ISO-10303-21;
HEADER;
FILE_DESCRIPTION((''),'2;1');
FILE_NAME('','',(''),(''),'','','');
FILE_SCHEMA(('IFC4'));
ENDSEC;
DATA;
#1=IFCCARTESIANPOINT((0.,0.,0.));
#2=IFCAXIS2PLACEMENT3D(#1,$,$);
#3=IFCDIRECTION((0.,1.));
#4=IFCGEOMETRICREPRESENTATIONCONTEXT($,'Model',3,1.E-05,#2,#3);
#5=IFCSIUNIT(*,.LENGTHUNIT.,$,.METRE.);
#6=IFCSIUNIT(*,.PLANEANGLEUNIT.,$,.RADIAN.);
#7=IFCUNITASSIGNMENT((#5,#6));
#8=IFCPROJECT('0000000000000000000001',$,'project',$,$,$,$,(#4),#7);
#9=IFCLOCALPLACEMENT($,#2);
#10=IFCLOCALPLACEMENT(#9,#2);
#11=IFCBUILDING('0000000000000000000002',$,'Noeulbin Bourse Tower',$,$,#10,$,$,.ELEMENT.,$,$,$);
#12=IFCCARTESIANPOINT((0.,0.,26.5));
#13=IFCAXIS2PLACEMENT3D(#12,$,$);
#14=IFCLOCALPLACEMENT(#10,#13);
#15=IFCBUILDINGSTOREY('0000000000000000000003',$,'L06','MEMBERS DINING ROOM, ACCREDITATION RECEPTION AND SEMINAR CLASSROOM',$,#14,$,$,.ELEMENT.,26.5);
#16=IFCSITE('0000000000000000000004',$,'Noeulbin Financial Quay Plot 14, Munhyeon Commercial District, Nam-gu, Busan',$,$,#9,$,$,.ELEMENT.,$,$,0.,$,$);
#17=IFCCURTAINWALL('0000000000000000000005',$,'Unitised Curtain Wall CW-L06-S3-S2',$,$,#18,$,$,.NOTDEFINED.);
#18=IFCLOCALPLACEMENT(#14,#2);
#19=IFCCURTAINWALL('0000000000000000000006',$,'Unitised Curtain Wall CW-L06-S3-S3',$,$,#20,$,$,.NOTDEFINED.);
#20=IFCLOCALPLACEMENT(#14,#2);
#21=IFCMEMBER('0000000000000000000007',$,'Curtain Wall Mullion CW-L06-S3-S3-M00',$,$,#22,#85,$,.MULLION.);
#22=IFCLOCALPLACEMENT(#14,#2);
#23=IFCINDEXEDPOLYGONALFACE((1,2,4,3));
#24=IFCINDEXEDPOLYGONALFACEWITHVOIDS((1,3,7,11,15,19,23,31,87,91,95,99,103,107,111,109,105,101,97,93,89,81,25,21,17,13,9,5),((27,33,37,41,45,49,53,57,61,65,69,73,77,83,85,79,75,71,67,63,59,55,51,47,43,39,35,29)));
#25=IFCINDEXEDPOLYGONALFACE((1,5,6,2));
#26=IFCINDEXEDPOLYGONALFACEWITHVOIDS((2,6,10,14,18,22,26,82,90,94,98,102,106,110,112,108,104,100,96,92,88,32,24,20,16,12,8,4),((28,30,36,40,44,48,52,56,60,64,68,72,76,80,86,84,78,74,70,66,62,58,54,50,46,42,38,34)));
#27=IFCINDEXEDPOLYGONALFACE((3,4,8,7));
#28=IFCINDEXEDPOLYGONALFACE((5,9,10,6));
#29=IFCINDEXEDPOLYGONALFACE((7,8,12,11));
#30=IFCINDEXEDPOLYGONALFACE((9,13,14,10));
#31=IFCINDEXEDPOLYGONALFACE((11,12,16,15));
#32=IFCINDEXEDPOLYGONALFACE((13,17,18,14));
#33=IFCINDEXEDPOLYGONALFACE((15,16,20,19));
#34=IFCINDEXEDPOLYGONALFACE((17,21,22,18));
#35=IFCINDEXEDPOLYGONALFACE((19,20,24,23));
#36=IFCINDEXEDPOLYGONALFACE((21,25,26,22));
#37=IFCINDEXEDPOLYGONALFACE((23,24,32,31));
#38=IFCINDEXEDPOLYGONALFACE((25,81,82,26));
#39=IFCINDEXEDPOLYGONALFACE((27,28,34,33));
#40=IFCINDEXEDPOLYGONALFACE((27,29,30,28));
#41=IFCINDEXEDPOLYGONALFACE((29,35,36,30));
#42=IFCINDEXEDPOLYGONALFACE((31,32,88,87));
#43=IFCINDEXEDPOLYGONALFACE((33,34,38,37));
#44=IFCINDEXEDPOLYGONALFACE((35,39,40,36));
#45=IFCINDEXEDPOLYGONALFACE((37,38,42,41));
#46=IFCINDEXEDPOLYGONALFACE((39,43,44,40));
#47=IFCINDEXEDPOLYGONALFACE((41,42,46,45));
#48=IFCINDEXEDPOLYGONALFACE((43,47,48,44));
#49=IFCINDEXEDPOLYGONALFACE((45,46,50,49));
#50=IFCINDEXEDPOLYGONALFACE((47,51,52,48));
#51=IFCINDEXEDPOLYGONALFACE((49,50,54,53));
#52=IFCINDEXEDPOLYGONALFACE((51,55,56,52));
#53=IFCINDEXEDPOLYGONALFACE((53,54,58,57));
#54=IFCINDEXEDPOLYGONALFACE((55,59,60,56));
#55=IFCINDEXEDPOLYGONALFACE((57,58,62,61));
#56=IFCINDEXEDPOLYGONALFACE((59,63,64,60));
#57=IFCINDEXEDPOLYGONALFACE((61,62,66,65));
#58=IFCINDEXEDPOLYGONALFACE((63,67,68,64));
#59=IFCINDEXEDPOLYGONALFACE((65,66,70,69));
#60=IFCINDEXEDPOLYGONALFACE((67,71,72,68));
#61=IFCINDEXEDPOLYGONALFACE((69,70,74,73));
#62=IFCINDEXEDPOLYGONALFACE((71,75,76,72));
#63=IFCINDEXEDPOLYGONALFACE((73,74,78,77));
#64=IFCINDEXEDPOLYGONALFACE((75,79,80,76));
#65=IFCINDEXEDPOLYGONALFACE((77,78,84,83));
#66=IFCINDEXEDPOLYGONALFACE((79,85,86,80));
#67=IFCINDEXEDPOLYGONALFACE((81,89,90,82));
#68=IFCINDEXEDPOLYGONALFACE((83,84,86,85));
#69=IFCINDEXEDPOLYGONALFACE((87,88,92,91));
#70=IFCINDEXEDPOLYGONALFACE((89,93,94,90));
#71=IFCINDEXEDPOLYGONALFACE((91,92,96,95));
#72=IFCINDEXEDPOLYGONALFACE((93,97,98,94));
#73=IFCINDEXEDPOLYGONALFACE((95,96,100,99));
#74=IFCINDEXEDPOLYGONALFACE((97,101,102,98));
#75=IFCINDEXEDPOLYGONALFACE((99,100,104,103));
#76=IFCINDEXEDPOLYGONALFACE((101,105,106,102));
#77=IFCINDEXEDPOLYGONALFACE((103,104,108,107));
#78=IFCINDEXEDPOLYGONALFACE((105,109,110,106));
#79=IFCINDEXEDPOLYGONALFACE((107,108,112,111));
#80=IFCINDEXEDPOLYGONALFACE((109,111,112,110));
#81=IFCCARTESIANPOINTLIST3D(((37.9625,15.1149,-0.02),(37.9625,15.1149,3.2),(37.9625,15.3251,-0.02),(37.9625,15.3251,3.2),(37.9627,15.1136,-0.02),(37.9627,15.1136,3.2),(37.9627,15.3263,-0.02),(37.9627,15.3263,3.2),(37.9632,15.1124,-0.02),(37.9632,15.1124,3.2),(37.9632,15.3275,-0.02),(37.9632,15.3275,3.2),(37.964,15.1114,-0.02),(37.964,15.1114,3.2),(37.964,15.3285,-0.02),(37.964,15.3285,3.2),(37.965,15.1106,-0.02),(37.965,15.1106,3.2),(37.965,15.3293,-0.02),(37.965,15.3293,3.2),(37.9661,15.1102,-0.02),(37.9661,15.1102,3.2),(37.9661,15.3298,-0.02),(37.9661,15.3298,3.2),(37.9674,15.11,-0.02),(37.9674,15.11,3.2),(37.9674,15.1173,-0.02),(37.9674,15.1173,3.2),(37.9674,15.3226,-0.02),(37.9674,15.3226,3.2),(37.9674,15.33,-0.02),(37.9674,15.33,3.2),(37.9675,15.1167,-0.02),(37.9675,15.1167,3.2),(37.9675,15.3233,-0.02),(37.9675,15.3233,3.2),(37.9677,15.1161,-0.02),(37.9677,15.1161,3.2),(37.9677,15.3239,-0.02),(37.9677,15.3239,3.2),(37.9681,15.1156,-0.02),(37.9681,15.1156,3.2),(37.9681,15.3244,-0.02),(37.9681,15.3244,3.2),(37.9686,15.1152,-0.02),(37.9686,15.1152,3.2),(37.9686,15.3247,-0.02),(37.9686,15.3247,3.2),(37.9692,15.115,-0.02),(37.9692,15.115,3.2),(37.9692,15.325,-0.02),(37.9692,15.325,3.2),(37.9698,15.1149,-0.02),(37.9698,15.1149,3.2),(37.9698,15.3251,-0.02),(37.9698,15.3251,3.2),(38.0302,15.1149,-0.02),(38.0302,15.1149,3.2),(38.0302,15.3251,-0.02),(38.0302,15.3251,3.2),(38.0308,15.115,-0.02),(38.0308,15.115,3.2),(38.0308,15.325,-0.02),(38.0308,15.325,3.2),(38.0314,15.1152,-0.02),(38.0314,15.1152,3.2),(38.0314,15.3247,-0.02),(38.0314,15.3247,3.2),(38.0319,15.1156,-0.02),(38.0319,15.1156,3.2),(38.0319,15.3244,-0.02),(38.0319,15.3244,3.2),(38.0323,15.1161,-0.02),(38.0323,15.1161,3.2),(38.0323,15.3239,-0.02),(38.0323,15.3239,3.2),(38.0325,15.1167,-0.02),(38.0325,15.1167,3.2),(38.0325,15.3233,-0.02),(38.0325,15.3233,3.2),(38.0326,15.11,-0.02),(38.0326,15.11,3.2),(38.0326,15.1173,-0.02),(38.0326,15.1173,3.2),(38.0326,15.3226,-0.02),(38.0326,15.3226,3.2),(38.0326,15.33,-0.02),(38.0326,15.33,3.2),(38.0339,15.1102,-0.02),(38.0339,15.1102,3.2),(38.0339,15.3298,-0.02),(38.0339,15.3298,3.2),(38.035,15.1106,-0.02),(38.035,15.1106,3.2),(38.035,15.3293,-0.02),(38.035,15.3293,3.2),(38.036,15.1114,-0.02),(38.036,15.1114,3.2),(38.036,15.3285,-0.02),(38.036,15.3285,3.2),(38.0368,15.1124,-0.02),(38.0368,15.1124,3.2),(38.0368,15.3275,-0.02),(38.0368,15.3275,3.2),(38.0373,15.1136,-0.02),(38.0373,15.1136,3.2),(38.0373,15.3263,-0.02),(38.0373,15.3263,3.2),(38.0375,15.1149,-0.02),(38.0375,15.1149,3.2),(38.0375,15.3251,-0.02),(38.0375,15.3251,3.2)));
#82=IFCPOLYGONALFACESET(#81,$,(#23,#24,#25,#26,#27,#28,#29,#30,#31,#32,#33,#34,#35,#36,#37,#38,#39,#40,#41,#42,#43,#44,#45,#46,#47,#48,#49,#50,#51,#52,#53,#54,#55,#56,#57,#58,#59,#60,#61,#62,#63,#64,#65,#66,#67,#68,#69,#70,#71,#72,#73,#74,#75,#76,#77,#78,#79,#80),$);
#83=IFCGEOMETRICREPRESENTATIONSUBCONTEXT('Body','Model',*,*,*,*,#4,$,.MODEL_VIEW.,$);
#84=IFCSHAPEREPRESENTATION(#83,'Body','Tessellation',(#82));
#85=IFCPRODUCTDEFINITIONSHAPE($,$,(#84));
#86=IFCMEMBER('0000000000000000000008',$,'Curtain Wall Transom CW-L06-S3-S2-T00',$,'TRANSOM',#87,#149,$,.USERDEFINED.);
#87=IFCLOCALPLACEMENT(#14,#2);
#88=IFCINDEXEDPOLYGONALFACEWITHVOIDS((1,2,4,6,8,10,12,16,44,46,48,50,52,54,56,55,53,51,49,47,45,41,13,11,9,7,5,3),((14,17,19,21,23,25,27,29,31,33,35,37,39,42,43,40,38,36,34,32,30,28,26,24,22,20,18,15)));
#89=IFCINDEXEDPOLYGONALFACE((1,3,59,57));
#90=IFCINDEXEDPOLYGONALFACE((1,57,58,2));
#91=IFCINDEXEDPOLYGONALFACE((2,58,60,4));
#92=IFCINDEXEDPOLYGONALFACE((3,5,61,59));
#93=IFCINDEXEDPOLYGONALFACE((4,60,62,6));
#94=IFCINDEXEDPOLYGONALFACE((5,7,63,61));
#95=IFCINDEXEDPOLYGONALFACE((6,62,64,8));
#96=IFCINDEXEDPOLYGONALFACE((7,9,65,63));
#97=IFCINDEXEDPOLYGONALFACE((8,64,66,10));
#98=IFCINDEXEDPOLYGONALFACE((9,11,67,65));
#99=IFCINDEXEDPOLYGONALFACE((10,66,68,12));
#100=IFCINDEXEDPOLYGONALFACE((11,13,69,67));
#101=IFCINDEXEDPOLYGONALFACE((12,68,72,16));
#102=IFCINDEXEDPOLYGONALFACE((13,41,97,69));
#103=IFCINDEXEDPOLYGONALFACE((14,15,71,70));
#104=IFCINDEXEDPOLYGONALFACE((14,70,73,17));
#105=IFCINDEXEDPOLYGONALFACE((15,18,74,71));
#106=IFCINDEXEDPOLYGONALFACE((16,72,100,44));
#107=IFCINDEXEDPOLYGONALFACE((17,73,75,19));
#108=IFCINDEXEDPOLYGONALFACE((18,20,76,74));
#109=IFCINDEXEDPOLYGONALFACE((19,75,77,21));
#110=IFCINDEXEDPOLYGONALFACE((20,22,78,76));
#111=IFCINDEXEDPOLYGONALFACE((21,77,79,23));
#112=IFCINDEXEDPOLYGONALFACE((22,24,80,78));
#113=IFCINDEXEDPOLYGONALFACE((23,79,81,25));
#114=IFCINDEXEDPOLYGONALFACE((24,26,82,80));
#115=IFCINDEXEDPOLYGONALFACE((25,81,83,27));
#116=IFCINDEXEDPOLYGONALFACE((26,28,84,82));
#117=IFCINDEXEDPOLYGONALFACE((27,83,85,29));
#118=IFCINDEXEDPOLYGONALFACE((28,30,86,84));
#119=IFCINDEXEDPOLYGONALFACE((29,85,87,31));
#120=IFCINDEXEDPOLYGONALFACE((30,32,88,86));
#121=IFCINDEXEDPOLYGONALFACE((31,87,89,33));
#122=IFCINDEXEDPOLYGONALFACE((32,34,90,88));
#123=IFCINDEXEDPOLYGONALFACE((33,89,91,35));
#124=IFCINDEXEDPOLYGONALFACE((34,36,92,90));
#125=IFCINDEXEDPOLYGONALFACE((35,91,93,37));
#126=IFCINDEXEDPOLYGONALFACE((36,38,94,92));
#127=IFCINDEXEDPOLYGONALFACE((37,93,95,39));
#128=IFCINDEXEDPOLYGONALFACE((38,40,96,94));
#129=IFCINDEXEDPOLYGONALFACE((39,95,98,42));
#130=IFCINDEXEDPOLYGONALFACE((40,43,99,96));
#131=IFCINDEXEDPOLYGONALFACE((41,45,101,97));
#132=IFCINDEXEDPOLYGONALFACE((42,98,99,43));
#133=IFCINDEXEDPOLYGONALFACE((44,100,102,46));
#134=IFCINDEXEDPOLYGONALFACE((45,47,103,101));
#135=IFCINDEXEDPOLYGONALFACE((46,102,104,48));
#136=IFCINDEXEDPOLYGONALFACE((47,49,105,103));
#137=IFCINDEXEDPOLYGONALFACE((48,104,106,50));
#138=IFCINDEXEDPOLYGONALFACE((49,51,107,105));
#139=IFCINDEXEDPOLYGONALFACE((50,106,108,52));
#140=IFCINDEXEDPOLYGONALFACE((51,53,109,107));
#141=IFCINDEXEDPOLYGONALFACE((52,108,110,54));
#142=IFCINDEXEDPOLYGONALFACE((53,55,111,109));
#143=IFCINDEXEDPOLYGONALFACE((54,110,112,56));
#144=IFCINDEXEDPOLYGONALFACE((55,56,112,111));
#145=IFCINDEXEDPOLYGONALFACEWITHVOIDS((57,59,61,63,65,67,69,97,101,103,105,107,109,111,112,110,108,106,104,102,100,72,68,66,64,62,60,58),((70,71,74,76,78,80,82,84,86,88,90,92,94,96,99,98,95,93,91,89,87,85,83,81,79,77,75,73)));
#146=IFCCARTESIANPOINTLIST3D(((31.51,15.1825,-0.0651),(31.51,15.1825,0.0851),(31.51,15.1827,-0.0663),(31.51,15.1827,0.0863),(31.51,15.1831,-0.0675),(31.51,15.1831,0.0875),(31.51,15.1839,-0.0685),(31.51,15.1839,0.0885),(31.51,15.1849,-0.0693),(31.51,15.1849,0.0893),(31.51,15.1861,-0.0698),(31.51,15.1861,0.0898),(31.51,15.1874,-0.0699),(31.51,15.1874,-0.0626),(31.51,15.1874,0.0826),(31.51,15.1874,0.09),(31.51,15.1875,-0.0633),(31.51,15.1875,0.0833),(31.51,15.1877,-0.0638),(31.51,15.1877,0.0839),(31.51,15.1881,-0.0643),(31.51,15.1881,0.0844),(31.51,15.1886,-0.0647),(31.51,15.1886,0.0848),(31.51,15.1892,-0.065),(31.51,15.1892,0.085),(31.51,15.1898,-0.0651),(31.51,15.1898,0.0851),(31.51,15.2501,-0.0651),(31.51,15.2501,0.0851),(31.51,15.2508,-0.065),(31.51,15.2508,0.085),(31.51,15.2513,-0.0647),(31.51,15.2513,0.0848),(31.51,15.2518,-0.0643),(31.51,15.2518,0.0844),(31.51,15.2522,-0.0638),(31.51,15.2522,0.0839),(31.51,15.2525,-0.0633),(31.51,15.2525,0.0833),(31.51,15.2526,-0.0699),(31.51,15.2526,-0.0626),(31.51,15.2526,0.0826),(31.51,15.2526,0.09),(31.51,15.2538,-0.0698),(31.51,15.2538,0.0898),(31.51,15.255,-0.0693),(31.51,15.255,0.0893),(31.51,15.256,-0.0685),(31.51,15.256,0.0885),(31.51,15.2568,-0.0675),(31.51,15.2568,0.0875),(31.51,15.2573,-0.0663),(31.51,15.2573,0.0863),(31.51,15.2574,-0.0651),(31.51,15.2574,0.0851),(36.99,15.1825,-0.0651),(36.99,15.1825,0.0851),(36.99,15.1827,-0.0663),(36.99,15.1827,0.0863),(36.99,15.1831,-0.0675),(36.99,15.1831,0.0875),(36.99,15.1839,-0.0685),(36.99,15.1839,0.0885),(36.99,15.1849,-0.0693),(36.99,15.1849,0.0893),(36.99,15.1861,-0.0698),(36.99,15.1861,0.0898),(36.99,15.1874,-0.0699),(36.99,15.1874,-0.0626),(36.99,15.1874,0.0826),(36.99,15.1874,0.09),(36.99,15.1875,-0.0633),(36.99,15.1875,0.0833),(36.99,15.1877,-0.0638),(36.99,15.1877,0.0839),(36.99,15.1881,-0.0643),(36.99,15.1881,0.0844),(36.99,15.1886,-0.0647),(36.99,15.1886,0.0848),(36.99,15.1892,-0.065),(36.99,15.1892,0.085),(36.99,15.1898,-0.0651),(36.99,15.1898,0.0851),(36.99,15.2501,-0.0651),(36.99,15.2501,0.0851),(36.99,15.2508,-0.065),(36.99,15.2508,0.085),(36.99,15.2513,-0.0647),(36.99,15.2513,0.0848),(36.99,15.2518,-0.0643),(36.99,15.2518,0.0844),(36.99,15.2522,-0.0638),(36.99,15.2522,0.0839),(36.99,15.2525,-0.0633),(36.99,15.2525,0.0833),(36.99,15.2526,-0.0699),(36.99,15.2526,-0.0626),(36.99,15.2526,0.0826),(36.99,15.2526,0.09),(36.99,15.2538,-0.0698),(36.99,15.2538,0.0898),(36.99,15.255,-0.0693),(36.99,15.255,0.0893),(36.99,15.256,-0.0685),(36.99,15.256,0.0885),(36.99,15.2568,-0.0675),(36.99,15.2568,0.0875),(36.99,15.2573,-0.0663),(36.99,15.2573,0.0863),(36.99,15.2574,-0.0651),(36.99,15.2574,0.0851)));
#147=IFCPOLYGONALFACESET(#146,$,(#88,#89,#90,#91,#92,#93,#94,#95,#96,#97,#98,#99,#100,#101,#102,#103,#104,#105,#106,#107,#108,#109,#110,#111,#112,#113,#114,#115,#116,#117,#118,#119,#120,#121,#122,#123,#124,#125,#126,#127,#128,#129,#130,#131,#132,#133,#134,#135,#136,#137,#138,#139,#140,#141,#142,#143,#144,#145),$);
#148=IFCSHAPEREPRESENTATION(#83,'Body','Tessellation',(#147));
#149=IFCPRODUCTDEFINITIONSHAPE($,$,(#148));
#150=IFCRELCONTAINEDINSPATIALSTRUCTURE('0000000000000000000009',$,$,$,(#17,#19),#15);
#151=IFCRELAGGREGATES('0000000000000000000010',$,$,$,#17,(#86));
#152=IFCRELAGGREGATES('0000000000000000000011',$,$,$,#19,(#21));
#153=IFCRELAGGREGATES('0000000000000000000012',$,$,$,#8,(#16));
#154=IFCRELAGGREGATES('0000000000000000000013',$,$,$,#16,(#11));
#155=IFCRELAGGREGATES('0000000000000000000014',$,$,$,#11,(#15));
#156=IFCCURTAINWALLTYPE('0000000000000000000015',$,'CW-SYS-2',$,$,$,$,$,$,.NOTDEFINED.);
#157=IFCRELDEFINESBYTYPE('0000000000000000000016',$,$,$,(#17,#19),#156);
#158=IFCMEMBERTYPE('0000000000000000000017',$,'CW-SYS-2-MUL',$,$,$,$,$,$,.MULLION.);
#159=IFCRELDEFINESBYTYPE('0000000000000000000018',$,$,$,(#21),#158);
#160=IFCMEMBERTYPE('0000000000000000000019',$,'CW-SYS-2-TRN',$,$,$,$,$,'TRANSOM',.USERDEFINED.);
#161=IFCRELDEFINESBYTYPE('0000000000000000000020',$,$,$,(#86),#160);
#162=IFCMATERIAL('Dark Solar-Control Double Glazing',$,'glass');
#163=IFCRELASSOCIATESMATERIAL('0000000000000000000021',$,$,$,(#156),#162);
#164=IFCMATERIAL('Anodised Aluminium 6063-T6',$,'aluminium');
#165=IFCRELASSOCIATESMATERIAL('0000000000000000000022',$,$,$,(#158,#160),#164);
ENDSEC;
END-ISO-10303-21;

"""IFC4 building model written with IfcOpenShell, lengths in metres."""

from ifc_helpers import new_model, si_unit, direction, frame, origin, origin_2d, place, context, subcontext, project, spatial, hollow_rectangle, extrude, material, material_profile, profile_set, type_object, element, aggregate, save


model = new_model("IFC4")

# Units and contexts
model_context = context("Model", 3, precision=1e-05, world=origin(), true_north=direction((0.0, 1.0)))
body_context = subcontext(model_context, "Body", "Model", "MODEL_VIEW")
ifc_project = project(units=[si_unit("LENGTHUNIT", "METRE"), si_unit("PLANEANGLEUNIT", "RADIAN")], contexts=[model_context])

# Site, building, storey
site_placement = place(None, origin())
site = spatial("IfcSite", under=ifc_project, at=site_placement, Name="Noeulbin Financial Quay Plot 14, Munhyeon Commercial District, Nam-gu, Busan", CompositionType="ELEMENT", RefElevation=0.0)
building_placement = place(site_placement, origin())
building = spatial("IfcBuilding", under=site, at=building_placement, Name="Noeulbin Bourse Tower", CompositionType="ELEMENT")
storey_placement = place(building_placement, frame((0.0, 0.0, 26.5)))
storey = spatial("IfcBuildingStorey", under=building, at=storey_placement, Name="L06", Description="MEMBERS DINING ROOM, ACCREDITATION RECEPTION AND SEMINAR CLASSROOM", CompositionType="ELEMENT", Elevation=26.5)

# Shared definitions
ifc_material_1 = material(Name="Dark Solar-Control Double Glazing", Category="glass")
curtain_wall_type = type_object("IfcCurtainWallType", Name="CW-SYS-2", PredefinedType="NOTDEFINED", material=ifc_material_1)
ifc_material_2 = material(Name="Anodised Aluminium 6063-T6", Category="aluminium")
ifc_material_profile_1 = material_profile(ifc_material_2, hollow_rectangle(XDim=0.075, YDim=0.22, WallThickness=0.0049, InnerFilletRadius=0.0024, OuterFilletRadius=0.0049, at=origin_2d()), Name="ALU-MULL-75x220x5", Category="LoadBearing")
ifc_profile_set_1 = profile_set([ifc_material_profile_1], Name="Anodised Aluminium 6063-T6")
member_type_1 = type_object("IfcMemberType", Name="CW-SYS-2-MUL", PredefinedType="MULLION", material=ifc_profile_set_1)

# Curtain wall
curtain_wall_1_placement = place(storey_placement, origin())
curtain_wall_1 = element("IfcCurtainWall", 1, at=curtain_wall_1_placement, inside=storey, type_object=curtain_wall_type, Name="Unitised Curtain Wall CW-L06-S3-S2", PredefinedType="NOTDEFINED")

# Curtain wall, member
curtain_wall_2_placement = place(storey_placement, origin())
curtain_wall_2 = element("IfcCurtainWall", 2, at=curtain_wall_2_placement, inside=storey, type_object=curtain_wall_type, Name="Unitised Curtain Wall CW-L06-S3-S3", PredefinedType="NOTDEFINED")
member_1_placement = place(storey_placement, frame((38.0, 15.22, -0.02), z_axis=(0.0, 0.0, 1.0), x_axis=(1.0, 0.0, 0.0)))
member_1 = element("IfcMember", 3, at=member_1_placement, type_object=member_type_1, Name="Curtain Wall Mullion CW-L06-S3-S3-M00", PredefinedType="MULLION", context=body_context, shape_type="SweptSolid", body=[
    extrude(hollow_rectangle(XDim=0.075, YDim=0.22, WallThickness=0.0049, InnerFilletRadius=0.0024, OuterFilletRadius=0.0049, at=origin_2d()), origin(), (0.0, 0.0, 1.0), 3.22),
])

# Member
ifc_material_profile_2 = material_profile(ifc_material_2, hollow_rectangle(XDim=0.075, YDim=0.1599, WallThickness=0.0049, InnerFilletRadius=0.0024, OuterFilletRadius=0.0049, at=origin_2d()), Name="ALU-TRAN-75x160x5", Category="LoadBearing")
ifc_profile_set_2 = profile_set([ifc_material_profile_2], Name="Anodised Aluminium 6063-T6")
member_type_2 = type_object("IfcMemberType", Name="CW-SYS-2-TRN", ElementType="TRANSOM", PredefinedType="USERDEFINED", material=ifc_profile_set_2)
member_2_placement = place(storey_placement, frame((31.51, 15.22, 0.01), z_axis=(1.0, 0.0, 0.0), x_axis=(0.0, 1.0, 0.0)))
member_2 = element("IfcMember", 4, at=member_2_placement, type_object=member_type_2, Name="Curtain Wall Transom CW-L06-S3-S2-T00", ObjectType="TRANSOM", PredefinedType="USERDEFINED", context=body_context, shape_type="SweptSolid", body=[
    extrude(hollow_rectangle(XDim=0.075, YDim=0.1599, WallThickness=0.0049, InnerFilletRadius=0.0024, OuterFilletRadius=0.0049, at=origin_2d()), origin(), (0.0, 0.0, 1.0), 5.48),
])

aggregate(curtain_wall_1, [member_2])
aggregate(curtain_wall_2, [member_1])

save(model, "model.ifc")
